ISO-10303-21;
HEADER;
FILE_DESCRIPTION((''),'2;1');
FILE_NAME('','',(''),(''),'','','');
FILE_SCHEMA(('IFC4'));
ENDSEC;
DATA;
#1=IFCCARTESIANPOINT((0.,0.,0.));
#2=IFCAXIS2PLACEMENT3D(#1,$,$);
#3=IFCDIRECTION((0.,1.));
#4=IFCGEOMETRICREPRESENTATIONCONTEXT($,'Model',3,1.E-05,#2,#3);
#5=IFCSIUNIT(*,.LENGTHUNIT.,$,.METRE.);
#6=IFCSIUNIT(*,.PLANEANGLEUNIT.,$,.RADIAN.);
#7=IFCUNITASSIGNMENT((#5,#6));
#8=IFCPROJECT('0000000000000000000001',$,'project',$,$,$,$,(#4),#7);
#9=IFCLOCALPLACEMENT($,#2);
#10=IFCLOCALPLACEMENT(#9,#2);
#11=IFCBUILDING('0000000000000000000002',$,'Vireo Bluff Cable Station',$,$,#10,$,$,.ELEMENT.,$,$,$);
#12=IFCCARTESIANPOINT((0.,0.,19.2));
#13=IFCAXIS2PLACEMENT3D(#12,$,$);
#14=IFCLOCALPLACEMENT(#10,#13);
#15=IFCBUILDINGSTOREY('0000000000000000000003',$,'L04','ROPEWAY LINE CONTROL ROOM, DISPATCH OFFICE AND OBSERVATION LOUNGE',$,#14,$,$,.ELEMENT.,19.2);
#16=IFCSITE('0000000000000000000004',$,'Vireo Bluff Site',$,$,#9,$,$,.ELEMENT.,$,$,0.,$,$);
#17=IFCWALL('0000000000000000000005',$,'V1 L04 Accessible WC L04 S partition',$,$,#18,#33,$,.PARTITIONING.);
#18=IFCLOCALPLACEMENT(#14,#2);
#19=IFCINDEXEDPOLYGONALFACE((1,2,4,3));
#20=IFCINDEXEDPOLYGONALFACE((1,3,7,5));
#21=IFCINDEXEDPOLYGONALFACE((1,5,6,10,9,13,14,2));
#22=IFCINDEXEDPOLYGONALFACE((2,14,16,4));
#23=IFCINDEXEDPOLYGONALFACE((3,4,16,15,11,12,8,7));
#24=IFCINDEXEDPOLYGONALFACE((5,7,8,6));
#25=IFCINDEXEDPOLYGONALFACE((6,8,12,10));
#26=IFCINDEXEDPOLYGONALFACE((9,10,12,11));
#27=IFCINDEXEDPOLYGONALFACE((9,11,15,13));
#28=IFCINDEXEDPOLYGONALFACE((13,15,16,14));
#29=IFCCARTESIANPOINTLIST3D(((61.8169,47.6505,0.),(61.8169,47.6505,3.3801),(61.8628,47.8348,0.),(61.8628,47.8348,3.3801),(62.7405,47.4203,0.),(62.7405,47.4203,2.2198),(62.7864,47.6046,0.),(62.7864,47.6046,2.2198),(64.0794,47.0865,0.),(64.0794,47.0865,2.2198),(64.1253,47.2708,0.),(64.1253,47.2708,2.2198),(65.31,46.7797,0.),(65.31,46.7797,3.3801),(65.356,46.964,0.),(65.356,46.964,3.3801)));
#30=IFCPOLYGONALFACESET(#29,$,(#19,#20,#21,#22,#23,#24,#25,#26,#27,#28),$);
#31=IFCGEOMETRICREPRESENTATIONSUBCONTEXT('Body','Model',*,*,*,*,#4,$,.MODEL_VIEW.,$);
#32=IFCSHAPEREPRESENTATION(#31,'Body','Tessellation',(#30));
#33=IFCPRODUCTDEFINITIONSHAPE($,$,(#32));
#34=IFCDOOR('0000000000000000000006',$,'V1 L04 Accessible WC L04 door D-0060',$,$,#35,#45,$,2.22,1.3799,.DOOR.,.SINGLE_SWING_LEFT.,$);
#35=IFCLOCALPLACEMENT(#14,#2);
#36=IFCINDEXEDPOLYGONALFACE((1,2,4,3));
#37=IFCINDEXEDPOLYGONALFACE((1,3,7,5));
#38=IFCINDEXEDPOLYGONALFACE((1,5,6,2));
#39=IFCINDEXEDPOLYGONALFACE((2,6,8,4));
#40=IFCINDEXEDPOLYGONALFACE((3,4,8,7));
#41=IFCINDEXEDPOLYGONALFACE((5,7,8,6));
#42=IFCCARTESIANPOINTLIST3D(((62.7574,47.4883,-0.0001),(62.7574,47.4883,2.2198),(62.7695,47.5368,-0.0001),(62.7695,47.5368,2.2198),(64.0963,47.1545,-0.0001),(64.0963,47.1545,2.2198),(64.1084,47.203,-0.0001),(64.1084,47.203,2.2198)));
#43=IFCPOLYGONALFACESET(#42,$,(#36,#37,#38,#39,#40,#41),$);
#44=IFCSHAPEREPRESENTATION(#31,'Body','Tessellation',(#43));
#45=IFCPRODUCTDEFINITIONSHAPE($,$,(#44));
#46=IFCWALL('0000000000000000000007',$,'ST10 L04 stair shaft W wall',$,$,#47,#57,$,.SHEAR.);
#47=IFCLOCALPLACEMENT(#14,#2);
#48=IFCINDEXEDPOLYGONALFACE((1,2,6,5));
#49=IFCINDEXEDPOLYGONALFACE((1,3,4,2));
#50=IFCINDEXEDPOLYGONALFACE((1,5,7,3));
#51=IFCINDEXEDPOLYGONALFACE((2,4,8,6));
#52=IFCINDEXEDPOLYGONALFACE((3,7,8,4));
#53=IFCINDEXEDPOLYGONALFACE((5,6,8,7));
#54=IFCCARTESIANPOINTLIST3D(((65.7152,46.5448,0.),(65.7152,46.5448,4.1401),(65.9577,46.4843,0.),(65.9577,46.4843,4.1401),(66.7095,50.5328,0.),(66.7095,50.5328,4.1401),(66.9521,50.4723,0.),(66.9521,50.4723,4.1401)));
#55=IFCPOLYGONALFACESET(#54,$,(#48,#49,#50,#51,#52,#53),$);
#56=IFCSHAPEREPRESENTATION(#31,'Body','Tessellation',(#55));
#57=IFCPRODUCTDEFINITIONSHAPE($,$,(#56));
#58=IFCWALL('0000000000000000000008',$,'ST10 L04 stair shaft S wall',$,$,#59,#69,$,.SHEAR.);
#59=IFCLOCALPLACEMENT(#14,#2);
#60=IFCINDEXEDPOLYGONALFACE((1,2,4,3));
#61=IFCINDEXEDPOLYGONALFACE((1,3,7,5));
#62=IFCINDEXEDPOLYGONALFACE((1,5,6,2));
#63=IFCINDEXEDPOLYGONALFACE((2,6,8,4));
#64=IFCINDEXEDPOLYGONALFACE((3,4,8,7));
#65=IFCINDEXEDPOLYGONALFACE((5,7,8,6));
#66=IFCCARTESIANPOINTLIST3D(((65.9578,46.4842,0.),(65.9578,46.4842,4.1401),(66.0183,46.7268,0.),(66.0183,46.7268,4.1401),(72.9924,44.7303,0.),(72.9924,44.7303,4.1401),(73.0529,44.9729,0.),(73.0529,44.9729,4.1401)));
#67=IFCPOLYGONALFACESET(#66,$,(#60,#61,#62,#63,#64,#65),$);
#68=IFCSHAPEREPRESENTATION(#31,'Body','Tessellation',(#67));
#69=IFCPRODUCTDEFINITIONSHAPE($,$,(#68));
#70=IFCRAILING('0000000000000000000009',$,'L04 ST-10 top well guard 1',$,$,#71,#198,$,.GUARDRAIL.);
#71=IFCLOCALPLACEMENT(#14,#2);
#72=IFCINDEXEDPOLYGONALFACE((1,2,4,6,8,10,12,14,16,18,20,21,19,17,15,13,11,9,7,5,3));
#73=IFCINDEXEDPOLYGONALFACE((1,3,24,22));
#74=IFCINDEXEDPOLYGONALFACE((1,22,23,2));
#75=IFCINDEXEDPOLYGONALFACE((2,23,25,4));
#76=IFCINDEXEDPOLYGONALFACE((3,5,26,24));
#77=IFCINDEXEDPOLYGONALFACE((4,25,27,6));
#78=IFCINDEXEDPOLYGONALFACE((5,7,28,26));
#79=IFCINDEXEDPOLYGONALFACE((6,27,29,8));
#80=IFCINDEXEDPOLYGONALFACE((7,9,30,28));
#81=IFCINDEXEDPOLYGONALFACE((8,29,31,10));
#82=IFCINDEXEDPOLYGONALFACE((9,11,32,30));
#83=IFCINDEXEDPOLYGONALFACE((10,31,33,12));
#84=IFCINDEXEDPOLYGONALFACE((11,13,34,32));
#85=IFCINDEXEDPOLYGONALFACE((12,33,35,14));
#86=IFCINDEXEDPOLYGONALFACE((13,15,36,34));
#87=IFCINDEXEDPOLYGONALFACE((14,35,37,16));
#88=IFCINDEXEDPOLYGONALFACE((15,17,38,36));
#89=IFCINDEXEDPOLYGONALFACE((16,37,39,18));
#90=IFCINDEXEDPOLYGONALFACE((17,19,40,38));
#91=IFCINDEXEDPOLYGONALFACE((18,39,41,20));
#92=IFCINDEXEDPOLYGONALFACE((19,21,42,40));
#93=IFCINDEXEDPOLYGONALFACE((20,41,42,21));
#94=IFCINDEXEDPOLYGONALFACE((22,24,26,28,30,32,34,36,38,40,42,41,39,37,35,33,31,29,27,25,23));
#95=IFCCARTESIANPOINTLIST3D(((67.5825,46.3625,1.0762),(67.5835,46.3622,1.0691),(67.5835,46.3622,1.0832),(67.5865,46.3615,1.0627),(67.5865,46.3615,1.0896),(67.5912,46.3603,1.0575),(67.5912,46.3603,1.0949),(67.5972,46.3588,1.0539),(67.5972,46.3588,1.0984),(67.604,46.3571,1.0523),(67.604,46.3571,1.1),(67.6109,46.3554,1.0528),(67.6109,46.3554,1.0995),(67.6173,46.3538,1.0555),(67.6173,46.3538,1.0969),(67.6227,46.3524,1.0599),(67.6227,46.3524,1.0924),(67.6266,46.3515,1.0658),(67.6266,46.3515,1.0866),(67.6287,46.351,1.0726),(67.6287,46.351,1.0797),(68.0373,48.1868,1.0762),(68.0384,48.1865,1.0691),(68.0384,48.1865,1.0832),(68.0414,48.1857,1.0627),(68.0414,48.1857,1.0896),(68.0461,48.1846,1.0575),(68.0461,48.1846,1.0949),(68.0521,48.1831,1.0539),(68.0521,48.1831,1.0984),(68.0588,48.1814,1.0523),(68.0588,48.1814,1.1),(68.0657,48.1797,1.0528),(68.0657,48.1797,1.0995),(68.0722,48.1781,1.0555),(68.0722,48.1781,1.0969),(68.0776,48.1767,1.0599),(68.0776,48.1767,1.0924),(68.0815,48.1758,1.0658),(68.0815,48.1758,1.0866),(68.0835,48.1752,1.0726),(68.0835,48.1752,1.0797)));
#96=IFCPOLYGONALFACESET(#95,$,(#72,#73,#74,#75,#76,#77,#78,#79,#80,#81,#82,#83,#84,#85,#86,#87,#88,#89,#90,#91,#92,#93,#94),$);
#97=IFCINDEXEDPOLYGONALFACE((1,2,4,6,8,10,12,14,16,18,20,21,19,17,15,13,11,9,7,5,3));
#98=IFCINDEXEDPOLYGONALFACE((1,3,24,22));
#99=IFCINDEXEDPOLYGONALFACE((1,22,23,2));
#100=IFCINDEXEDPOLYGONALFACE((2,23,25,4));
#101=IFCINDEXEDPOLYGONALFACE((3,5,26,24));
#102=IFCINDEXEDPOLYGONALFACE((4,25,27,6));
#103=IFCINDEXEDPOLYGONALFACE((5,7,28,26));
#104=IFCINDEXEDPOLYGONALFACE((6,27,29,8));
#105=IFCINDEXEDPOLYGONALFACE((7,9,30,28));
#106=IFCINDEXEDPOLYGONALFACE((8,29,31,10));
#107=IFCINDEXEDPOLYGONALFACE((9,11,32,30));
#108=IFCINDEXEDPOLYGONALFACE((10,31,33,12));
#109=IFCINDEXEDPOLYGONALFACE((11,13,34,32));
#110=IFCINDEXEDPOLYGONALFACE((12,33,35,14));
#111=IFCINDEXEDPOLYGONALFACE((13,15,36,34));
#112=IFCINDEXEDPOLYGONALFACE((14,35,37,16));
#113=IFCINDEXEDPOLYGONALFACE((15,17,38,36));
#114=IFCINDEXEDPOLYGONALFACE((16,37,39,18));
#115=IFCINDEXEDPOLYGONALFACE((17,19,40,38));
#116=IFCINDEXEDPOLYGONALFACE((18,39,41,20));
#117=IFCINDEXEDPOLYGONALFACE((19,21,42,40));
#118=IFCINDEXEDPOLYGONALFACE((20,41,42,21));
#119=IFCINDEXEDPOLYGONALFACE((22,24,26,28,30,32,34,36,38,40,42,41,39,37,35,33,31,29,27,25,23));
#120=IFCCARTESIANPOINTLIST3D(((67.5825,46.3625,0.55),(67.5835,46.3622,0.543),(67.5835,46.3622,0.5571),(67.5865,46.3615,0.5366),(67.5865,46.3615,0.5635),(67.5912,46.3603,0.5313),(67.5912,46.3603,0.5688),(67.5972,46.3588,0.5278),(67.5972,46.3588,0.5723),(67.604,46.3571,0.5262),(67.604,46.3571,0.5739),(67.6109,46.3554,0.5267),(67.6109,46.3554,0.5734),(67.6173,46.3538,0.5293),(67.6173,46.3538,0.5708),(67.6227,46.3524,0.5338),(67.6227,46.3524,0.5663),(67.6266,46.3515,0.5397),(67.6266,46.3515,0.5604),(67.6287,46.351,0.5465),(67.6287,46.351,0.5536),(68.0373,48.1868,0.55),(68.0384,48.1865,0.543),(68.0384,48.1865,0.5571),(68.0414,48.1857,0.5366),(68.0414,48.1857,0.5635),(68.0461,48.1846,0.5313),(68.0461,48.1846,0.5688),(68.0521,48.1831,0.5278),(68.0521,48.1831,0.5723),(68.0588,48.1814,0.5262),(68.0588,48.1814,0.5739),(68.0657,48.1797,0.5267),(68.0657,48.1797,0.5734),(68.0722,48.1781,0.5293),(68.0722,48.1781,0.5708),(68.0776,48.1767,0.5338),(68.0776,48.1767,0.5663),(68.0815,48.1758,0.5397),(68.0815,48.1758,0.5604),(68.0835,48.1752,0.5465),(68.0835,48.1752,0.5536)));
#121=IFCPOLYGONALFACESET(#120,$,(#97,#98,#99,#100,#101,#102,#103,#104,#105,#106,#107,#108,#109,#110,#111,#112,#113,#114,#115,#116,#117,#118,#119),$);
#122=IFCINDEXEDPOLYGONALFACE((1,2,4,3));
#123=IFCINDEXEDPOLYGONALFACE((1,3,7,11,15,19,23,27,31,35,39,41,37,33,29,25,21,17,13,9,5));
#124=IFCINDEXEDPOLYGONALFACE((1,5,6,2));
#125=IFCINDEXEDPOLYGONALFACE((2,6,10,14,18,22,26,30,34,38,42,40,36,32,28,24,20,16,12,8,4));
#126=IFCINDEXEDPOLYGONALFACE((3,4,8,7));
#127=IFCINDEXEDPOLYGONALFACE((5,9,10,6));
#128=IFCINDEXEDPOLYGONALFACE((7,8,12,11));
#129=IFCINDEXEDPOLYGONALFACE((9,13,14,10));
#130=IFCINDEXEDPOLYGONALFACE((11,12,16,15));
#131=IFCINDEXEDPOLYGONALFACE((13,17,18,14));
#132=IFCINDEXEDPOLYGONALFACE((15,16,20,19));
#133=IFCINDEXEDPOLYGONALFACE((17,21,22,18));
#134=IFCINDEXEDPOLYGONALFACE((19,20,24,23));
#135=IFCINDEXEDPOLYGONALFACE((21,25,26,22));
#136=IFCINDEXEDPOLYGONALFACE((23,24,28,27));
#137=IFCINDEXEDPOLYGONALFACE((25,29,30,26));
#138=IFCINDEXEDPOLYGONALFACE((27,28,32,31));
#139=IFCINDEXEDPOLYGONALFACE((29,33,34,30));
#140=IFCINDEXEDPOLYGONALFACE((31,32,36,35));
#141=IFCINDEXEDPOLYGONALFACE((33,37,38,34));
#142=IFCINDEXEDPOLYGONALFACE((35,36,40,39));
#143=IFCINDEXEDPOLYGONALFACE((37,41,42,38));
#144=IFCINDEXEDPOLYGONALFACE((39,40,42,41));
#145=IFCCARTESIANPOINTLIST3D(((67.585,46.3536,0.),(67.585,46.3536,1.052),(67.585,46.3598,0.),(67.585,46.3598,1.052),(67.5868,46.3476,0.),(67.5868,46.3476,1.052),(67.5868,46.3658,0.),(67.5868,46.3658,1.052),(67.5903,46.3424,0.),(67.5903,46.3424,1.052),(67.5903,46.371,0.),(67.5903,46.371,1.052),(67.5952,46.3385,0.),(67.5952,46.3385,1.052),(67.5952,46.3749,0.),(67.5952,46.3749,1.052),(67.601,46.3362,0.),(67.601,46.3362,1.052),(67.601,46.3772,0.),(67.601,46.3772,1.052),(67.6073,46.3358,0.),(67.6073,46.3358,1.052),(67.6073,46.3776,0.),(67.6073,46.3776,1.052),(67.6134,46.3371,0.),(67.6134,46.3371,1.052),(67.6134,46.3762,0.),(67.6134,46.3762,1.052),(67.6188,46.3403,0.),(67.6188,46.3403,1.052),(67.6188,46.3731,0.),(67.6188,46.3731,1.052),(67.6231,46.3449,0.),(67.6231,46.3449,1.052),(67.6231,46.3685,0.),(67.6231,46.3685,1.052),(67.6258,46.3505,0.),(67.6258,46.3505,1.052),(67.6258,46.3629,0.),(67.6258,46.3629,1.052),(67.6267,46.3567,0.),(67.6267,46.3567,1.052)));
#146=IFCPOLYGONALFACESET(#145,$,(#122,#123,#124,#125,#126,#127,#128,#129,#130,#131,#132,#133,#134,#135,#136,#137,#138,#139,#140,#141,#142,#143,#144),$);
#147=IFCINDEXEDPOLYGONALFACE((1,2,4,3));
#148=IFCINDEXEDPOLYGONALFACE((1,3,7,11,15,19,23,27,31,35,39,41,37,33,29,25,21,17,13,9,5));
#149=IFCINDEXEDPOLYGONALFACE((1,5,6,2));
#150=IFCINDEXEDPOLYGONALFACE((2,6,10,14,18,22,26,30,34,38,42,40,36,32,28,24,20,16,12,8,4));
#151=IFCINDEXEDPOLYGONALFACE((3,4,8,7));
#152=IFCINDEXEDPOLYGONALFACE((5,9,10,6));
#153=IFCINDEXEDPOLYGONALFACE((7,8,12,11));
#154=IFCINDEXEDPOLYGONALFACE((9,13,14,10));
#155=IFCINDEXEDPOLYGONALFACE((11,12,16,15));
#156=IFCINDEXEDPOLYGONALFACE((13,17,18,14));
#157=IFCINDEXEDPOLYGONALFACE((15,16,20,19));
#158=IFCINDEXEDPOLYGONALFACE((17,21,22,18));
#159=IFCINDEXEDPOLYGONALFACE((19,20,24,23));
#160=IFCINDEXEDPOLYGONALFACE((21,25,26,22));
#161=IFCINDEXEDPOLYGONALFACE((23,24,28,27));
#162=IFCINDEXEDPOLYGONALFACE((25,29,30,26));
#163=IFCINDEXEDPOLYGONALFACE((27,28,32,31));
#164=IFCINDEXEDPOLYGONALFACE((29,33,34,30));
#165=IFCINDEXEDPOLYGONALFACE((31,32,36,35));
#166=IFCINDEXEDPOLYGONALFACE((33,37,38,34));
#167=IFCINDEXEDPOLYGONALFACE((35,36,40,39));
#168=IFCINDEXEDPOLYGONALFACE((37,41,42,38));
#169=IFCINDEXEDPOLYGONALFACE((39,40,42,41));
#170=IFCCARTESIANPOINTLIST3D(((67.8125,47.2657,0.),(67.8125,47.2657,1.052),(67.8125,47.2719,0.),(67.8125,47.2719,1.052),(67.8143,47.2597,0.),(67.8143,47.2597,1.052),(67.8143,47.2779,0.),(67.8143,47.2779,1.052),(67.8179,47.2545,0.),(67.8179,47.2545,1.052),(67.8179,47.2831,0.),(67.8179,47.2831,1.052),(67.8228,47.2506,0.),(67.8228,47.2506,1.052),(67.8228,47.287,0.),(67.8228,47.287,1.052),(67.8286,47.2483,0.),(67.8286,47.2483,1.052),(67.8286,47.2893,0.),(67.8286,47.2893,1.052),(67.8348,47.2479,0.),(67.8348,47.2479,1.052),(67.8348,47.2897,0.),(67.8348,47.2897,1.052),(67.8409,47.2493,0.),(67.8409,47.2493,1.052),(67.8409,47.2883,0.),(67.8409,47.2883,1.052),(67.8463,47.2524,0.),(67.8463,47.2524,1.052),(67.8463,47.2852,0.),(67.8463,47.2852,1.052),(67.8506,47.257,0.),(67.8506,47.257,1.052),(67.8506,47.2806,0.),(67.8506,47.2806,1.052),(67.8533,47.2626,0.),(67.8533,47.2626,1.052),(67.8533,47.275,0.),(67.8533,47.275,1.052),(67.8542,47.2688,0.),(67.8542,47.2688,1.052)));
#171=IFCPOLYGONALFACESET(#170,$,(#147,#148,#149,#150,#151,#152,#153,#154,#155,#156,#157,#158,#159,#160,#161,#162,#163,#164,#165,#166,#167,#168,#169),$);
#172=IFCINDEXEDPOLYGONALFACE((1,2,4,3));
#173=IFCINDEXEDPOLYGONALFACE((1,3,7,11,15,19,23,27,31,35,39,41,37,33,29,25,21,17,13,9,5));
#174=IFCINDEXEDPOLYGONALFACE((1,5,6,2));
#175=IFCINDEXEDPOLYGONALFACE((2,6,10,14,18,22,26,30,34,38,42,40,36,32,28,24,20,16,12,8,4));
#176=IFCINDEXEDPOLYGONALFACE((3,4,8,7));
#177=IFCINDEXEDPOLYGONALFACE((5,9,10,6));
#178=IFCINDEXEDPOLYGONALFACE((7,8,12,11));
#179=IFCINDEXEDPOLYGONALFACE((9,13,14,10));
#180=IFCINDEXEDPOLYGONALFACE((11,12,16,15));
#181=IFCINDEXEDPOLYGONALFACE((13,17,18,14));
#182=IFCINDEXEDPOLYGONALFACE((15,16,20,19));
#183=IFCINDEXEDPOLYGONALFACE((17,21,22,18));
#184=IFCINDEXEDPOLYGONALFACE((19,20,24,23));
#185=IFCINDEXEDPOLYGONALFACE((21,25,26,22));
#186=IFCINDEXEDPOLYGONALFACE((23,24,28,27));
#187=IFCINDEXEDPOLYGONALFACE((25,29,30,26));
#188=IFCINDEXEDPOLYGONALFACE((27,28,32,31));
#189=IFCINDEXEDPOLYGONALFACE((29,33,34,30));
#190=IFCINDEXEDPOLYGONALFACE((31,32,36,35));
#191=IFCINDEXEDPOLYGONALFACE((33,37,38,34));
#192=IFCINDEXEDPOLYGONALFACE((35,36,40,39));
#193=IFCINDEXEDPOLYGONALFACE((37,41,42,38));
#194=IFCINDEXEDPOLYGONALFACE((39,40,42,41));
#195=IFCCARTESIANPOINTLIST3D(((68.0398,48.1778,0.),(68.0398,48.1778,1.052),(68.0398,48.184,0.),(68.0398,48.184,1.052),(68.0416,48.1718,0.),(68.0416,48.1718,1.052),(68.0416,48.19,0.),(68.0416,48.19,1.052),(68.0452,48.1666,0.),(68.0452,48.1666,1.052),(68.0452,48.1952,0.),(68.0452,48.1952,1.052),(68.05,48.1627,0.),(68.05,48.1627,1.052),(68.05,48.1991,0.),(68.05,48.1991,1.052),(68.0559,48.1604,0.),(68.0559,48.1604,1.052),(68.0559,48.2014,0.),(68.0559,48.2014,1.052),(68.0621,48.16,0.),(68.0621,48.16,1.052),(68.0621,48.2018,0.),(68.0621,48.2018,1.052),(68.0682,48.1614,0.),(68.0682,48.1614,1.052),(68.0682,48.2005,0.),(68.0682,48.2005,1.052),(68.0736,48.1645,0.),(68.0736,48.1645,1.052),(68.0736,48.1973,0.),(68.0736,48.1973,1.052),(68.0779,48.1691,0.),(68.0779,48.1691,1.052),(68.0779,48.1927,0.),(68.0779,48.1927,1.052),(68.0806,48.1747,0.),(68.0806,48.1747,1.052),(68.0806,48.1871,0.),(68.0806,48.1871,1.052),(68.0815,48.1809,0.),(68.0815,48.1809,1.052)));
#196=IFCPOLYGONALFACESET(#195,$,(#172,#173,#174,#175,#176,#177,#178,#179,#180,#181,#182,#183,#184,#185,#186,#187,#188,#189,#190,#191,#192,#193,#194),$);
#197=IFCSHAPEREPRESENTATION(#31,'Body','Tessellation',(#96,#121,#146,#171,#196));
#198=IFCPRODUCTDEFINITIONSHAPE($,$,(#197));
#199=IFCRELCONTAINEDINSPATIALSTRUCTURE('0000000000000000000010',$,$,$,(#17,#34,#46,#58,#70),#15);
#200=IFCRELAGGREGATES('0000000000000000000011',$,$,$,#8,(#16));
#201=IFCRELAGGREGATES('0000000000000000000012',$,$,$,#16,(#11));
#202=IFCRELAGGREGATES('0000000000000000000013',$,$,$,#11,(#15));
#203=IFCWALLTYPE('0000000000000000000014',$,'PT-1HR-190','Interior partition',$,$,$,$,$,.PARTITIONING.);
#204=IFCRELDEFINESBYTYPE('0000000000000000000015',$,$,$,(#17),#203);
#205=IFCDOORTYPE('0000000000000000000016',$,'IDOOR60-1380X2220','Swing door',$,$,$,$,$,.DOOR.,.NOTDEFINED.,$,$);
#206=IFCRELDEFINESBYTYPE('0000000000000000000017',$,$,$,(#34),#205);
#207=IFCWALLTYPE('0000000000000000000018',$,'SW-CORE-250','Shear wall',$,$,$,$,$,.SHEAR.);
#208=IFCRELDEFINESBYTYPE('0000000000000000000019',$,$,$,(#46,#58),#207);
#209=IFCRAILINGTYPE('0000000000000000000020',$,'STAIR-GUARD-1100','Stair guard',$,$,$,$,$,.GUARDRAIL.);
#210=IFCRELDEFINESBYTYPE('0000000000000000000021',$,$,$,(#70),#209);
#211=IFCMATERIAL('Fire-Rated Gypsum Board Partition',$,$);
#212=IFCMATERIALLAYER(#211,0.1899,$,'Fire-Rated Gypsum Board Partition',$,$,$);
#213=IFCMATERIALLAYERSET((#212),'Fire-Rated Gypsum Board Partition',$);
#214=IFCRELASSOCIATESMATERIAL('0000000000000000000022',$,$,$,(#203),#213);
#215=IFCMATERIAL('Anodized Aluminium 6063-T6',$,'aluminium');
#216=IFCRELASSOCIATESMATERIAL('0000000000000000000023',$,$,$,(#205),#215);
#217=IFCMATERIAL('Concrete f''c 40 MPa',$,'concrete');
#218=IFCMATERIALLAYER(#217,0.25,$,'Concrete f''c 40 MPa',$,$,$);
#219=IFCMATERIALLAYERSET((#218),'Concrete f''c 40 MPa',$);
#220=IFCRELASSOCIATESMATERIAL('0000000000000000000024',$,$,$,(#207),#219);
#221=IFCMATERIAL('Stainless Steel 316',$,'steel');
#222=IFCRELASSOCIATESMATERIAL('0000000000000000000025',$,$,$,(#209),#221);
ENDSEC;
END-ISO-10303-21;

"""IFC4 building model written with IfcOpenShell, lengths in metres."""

from ifc_helpers import new_model, si_unit, direction, frame, frame_2d, origin, origin_with_axes, origin_2d, place, context, subcontext, project, spatial, rectangle, circle, extrude, material, layer, layer_set, type_object, element, fill, save


model = new_model("IFC4")

# Units and contexts
model_context = context("Model", 3, precision=1e-05, world=origin(), true_north=direction((0.0, 1.0)))
body_context = subcontext(model_context, "Body", "Model", "MODEL_VIEW")
ifc_project = project(units=[si_unit("LENGTHUNIT", "METRE"), si_unit("PLANEANGLEUNIT", "RADIAN")], contexts=[model_context])

# Site, building, storey
site_placement = place(None, origin())
site = spatial("IfcSite", under=ifc_project, at=site_placement, Name="Vireo Bluff Site", CompositionType="ELEMENT", RefElevation=0.0)
building_placement = place(site_placement, origin())
building = spatial("IfcBuilding", under=site, at=building_placement, Name="Vireo Bluff Cable Station", CompositionType="ELEMENT")
storey_placement = place(building_placement, frame((0.0, 0.0, 19.2)))
storey = spatial("IfcBuildingStorey", under=building, at=storey_placement, Name="L04", Description="ROPEWAY LINE CONTROL ROOM, DISPATCH OFFICE AND OBSERVATION LOUNGE", CompositionType="ELEMENT", Elevation=19.2)

# Shared definitions
ifc_material_1 = material(Name="Anodized Aluminium 6063-T6", Category="aluminium")

# Wall, opening, door
ifc_material_2 = material(Name="Fire-Rated Gypsum Board Partition")
ifc_layer_1 = layer(ifc_material_2, 0.1899, Name="Fire-Rated Gypsum Board Partition")
ifc_layer_set_1 = layer_set([ifc_layer_1], Name="Fire-Rated Gypsum Board Partition")
wall_type_1 = type_object("IfcWallType", Name="PT-1HR-190", Description="Interior partition", PredefinedType="PARTITIONING", material=ifc_layer_set_1)
wall_1_placement = place(storey_placement, frame((65.333, 46.8718, 0.0), z_axis=(0.0, 0.0, 1.0), x_axis=(-0.970302, 0.241897, 0.0)))
wall_1 = element("IfcWall", 1, at=wall_1_placement, inside=storey, type_object=wall_type_1, Name="V1 L04 Accessible WC L04 S partition", PredefinedType="PARTITIONING", context=body_context, shape_type="SweptSolid", body=[
    extrude(rectangle(XDim=3.6001, YDim=0.1899, at=frame_2d((1.8, 0.0))), origin(), (0.0, 0.0, 1.0), 3.3801),
])
opening_1_placement = place(wall_1_placement, frame((1.2683, 0.0, 0.0)))
opening_1 = element("IfcOpeningElement", 2, at=opening_1_placement, cuts=wall_1, PredefinedType="OPENING", context=body_context, shape_type="SweptSolid", body=[
    extrude(rectangle(XDim=1.3799, YDim=2.22, at=frame_2d((0.6899, 1.1099))), frame((0.0, 0.105, 0.0), z_axis=(0.0, -1.0, 0.0), x_axis=(1.0, 0.0, 0.0)), (0.0, 0.0, 1.0), 0.21),
])
door_type_1 = type_object("IfcDoorType", Name="IDOOR60-1380X2220", Description="Swing door", OperationType="NOTDEFINED", PredefinedType="DOOR", material=ifc_material_1)
door_1_placement = place(opening_1_placement, origin_with_axes())
door_1 = element("IfcDoor", 3, at=door_1_placement, inside=storey, type_object=door_type_1, Name="V1 L04 Accessible WC L04 door D-0060", OperationType="SINGLE_SWING_LEFT", OverallHeight=2.22, OverallWidth=1.3799, PredefinedType="DOOR", context=body_context, shape_type="SweptSolid", body=[
    extrude(rectangle(XDim=1.3799, YDim=2.22, at=frame_2d((0.6899, 1.1099))), frame((0.0, 0.0249, 0.0), z_axis=(0.0, -1.0, 0.0), x_axis=(1.0, 0.0, 0.0)), (0.0, 0.0, 1.0), 0.05),
])
fill(opening_1, door_1)
ifc_material_3 = material(Name="Concrete f'c 40 MPa", Category="concrete")
ifc_layer_2 = layer(ifc_material_3, 0.25, Name="Concrete f'c 40 MPa")
ifc_layer_set_2 = layer_set([ifc_layer_2], Name="Concrete f'c 40 MPa")
wall_type_2 = type_object("IfcWallType", Name="SW-CORE-250", Description="Shear wall", PredefinedType="SHEAR", material=ifc_layer_set_2)
ifc_material_4 = material(Name="Stainless Steel 316", Category="steel")

# Walls
wall_2_placement = place(storey_placement, frame((65.8364, 46.5144, 0.0), z_axis=(0.0, 0.0, 1.0), x_axis=(0.241935, 0.970293, 0.0)))
element("IfcWall", 4, at=wall_2_placement, inside=storey, type_object=wall_type_2, Name="ST10 L04 stair shaft W wall", PredefinedType="SHEAR", context=body_context, shape_type="SweptSolid", body=[
    extrude(rectangle(XDim=4.1101, YDim=0.25, at=frame_2d((2.0552, 0.0))), origin(), (0.0, 0.0, 1.0), 4.1401),
])
wall_3_placement = place(storey_placement, frame((65.988, 46.6055, 0.0), z_axis=(0.0, 0.0, 1.0), x_axis=(0.970297, -0.241918, 0.0)))
element("IfcWall", 5, at=wall_3_placement, inside=storey, type_object=wall_type_2, Name="ST10 L04 stair shaft S wall", PredefinedType="SHEAR", context=body_context, shape_type="SweptSolid", body=[
    extrude(rectangle(XDim=7.25, YDim=0.25, at=frame_2d((3.625, 0.0))), origin(), (0.0, 0.0, 1.0), 4.1401),
])

# Railing
railing_type = type_object("IfcRailingType", Name="STAIR-GUARD-1100", Description="Stair guard", PredefinedType="GUARDRAIL", material=ifc_material_4)
railing_1_placement = place(storey_placement, frame((67.6057, 46.3567, 0.0)))
element("IfcRailing", 6, at=railing_1_placement, inside=storey, type_object=railing_type, Name="L04 ST-10 top well guard 1", PredefinedType="GUARDRAIL", context=body_context, shape_type="SweptSolid", body=[
    extrude(circle(Radius=0.0239, at=origin_2d()), frame((0.0, 0.0, 1.0762), z_axis=(0.241924, 0.970295, 0.0), x_axis=(-0.970295, 0.241924, 0.0)), (0.0, 0.0, 1.0), 1.8801),
    extrude(circle(Radius=0.0239, at=origin_2d()), frame((0.0, 0.0, 0.55), z_axis=(0.241924, 0.970295, 0.0), x_axis=(-0.970295, 0.241924, 0.0)), (0.0, 0.0, 1.0), 1.8801),
    extrude(circle(Radius=0.021, at=origin_2d()), origin(), (0.0, 0.0, 1.0), 1.052),
    extrude(circle(Radius=0.021, at=origin_2d()), frame((0.2275, 0.9121, 0.0)), (0.0, 0.0, 1.0), 1.052),
    extrude(circle(Radius=0.021, at=origin_2d()), frame((0.4548, 1.8242, 0.0)), (0.0, 0.0, 1.0), 1.052),
])

save(model, "model.ifc")
